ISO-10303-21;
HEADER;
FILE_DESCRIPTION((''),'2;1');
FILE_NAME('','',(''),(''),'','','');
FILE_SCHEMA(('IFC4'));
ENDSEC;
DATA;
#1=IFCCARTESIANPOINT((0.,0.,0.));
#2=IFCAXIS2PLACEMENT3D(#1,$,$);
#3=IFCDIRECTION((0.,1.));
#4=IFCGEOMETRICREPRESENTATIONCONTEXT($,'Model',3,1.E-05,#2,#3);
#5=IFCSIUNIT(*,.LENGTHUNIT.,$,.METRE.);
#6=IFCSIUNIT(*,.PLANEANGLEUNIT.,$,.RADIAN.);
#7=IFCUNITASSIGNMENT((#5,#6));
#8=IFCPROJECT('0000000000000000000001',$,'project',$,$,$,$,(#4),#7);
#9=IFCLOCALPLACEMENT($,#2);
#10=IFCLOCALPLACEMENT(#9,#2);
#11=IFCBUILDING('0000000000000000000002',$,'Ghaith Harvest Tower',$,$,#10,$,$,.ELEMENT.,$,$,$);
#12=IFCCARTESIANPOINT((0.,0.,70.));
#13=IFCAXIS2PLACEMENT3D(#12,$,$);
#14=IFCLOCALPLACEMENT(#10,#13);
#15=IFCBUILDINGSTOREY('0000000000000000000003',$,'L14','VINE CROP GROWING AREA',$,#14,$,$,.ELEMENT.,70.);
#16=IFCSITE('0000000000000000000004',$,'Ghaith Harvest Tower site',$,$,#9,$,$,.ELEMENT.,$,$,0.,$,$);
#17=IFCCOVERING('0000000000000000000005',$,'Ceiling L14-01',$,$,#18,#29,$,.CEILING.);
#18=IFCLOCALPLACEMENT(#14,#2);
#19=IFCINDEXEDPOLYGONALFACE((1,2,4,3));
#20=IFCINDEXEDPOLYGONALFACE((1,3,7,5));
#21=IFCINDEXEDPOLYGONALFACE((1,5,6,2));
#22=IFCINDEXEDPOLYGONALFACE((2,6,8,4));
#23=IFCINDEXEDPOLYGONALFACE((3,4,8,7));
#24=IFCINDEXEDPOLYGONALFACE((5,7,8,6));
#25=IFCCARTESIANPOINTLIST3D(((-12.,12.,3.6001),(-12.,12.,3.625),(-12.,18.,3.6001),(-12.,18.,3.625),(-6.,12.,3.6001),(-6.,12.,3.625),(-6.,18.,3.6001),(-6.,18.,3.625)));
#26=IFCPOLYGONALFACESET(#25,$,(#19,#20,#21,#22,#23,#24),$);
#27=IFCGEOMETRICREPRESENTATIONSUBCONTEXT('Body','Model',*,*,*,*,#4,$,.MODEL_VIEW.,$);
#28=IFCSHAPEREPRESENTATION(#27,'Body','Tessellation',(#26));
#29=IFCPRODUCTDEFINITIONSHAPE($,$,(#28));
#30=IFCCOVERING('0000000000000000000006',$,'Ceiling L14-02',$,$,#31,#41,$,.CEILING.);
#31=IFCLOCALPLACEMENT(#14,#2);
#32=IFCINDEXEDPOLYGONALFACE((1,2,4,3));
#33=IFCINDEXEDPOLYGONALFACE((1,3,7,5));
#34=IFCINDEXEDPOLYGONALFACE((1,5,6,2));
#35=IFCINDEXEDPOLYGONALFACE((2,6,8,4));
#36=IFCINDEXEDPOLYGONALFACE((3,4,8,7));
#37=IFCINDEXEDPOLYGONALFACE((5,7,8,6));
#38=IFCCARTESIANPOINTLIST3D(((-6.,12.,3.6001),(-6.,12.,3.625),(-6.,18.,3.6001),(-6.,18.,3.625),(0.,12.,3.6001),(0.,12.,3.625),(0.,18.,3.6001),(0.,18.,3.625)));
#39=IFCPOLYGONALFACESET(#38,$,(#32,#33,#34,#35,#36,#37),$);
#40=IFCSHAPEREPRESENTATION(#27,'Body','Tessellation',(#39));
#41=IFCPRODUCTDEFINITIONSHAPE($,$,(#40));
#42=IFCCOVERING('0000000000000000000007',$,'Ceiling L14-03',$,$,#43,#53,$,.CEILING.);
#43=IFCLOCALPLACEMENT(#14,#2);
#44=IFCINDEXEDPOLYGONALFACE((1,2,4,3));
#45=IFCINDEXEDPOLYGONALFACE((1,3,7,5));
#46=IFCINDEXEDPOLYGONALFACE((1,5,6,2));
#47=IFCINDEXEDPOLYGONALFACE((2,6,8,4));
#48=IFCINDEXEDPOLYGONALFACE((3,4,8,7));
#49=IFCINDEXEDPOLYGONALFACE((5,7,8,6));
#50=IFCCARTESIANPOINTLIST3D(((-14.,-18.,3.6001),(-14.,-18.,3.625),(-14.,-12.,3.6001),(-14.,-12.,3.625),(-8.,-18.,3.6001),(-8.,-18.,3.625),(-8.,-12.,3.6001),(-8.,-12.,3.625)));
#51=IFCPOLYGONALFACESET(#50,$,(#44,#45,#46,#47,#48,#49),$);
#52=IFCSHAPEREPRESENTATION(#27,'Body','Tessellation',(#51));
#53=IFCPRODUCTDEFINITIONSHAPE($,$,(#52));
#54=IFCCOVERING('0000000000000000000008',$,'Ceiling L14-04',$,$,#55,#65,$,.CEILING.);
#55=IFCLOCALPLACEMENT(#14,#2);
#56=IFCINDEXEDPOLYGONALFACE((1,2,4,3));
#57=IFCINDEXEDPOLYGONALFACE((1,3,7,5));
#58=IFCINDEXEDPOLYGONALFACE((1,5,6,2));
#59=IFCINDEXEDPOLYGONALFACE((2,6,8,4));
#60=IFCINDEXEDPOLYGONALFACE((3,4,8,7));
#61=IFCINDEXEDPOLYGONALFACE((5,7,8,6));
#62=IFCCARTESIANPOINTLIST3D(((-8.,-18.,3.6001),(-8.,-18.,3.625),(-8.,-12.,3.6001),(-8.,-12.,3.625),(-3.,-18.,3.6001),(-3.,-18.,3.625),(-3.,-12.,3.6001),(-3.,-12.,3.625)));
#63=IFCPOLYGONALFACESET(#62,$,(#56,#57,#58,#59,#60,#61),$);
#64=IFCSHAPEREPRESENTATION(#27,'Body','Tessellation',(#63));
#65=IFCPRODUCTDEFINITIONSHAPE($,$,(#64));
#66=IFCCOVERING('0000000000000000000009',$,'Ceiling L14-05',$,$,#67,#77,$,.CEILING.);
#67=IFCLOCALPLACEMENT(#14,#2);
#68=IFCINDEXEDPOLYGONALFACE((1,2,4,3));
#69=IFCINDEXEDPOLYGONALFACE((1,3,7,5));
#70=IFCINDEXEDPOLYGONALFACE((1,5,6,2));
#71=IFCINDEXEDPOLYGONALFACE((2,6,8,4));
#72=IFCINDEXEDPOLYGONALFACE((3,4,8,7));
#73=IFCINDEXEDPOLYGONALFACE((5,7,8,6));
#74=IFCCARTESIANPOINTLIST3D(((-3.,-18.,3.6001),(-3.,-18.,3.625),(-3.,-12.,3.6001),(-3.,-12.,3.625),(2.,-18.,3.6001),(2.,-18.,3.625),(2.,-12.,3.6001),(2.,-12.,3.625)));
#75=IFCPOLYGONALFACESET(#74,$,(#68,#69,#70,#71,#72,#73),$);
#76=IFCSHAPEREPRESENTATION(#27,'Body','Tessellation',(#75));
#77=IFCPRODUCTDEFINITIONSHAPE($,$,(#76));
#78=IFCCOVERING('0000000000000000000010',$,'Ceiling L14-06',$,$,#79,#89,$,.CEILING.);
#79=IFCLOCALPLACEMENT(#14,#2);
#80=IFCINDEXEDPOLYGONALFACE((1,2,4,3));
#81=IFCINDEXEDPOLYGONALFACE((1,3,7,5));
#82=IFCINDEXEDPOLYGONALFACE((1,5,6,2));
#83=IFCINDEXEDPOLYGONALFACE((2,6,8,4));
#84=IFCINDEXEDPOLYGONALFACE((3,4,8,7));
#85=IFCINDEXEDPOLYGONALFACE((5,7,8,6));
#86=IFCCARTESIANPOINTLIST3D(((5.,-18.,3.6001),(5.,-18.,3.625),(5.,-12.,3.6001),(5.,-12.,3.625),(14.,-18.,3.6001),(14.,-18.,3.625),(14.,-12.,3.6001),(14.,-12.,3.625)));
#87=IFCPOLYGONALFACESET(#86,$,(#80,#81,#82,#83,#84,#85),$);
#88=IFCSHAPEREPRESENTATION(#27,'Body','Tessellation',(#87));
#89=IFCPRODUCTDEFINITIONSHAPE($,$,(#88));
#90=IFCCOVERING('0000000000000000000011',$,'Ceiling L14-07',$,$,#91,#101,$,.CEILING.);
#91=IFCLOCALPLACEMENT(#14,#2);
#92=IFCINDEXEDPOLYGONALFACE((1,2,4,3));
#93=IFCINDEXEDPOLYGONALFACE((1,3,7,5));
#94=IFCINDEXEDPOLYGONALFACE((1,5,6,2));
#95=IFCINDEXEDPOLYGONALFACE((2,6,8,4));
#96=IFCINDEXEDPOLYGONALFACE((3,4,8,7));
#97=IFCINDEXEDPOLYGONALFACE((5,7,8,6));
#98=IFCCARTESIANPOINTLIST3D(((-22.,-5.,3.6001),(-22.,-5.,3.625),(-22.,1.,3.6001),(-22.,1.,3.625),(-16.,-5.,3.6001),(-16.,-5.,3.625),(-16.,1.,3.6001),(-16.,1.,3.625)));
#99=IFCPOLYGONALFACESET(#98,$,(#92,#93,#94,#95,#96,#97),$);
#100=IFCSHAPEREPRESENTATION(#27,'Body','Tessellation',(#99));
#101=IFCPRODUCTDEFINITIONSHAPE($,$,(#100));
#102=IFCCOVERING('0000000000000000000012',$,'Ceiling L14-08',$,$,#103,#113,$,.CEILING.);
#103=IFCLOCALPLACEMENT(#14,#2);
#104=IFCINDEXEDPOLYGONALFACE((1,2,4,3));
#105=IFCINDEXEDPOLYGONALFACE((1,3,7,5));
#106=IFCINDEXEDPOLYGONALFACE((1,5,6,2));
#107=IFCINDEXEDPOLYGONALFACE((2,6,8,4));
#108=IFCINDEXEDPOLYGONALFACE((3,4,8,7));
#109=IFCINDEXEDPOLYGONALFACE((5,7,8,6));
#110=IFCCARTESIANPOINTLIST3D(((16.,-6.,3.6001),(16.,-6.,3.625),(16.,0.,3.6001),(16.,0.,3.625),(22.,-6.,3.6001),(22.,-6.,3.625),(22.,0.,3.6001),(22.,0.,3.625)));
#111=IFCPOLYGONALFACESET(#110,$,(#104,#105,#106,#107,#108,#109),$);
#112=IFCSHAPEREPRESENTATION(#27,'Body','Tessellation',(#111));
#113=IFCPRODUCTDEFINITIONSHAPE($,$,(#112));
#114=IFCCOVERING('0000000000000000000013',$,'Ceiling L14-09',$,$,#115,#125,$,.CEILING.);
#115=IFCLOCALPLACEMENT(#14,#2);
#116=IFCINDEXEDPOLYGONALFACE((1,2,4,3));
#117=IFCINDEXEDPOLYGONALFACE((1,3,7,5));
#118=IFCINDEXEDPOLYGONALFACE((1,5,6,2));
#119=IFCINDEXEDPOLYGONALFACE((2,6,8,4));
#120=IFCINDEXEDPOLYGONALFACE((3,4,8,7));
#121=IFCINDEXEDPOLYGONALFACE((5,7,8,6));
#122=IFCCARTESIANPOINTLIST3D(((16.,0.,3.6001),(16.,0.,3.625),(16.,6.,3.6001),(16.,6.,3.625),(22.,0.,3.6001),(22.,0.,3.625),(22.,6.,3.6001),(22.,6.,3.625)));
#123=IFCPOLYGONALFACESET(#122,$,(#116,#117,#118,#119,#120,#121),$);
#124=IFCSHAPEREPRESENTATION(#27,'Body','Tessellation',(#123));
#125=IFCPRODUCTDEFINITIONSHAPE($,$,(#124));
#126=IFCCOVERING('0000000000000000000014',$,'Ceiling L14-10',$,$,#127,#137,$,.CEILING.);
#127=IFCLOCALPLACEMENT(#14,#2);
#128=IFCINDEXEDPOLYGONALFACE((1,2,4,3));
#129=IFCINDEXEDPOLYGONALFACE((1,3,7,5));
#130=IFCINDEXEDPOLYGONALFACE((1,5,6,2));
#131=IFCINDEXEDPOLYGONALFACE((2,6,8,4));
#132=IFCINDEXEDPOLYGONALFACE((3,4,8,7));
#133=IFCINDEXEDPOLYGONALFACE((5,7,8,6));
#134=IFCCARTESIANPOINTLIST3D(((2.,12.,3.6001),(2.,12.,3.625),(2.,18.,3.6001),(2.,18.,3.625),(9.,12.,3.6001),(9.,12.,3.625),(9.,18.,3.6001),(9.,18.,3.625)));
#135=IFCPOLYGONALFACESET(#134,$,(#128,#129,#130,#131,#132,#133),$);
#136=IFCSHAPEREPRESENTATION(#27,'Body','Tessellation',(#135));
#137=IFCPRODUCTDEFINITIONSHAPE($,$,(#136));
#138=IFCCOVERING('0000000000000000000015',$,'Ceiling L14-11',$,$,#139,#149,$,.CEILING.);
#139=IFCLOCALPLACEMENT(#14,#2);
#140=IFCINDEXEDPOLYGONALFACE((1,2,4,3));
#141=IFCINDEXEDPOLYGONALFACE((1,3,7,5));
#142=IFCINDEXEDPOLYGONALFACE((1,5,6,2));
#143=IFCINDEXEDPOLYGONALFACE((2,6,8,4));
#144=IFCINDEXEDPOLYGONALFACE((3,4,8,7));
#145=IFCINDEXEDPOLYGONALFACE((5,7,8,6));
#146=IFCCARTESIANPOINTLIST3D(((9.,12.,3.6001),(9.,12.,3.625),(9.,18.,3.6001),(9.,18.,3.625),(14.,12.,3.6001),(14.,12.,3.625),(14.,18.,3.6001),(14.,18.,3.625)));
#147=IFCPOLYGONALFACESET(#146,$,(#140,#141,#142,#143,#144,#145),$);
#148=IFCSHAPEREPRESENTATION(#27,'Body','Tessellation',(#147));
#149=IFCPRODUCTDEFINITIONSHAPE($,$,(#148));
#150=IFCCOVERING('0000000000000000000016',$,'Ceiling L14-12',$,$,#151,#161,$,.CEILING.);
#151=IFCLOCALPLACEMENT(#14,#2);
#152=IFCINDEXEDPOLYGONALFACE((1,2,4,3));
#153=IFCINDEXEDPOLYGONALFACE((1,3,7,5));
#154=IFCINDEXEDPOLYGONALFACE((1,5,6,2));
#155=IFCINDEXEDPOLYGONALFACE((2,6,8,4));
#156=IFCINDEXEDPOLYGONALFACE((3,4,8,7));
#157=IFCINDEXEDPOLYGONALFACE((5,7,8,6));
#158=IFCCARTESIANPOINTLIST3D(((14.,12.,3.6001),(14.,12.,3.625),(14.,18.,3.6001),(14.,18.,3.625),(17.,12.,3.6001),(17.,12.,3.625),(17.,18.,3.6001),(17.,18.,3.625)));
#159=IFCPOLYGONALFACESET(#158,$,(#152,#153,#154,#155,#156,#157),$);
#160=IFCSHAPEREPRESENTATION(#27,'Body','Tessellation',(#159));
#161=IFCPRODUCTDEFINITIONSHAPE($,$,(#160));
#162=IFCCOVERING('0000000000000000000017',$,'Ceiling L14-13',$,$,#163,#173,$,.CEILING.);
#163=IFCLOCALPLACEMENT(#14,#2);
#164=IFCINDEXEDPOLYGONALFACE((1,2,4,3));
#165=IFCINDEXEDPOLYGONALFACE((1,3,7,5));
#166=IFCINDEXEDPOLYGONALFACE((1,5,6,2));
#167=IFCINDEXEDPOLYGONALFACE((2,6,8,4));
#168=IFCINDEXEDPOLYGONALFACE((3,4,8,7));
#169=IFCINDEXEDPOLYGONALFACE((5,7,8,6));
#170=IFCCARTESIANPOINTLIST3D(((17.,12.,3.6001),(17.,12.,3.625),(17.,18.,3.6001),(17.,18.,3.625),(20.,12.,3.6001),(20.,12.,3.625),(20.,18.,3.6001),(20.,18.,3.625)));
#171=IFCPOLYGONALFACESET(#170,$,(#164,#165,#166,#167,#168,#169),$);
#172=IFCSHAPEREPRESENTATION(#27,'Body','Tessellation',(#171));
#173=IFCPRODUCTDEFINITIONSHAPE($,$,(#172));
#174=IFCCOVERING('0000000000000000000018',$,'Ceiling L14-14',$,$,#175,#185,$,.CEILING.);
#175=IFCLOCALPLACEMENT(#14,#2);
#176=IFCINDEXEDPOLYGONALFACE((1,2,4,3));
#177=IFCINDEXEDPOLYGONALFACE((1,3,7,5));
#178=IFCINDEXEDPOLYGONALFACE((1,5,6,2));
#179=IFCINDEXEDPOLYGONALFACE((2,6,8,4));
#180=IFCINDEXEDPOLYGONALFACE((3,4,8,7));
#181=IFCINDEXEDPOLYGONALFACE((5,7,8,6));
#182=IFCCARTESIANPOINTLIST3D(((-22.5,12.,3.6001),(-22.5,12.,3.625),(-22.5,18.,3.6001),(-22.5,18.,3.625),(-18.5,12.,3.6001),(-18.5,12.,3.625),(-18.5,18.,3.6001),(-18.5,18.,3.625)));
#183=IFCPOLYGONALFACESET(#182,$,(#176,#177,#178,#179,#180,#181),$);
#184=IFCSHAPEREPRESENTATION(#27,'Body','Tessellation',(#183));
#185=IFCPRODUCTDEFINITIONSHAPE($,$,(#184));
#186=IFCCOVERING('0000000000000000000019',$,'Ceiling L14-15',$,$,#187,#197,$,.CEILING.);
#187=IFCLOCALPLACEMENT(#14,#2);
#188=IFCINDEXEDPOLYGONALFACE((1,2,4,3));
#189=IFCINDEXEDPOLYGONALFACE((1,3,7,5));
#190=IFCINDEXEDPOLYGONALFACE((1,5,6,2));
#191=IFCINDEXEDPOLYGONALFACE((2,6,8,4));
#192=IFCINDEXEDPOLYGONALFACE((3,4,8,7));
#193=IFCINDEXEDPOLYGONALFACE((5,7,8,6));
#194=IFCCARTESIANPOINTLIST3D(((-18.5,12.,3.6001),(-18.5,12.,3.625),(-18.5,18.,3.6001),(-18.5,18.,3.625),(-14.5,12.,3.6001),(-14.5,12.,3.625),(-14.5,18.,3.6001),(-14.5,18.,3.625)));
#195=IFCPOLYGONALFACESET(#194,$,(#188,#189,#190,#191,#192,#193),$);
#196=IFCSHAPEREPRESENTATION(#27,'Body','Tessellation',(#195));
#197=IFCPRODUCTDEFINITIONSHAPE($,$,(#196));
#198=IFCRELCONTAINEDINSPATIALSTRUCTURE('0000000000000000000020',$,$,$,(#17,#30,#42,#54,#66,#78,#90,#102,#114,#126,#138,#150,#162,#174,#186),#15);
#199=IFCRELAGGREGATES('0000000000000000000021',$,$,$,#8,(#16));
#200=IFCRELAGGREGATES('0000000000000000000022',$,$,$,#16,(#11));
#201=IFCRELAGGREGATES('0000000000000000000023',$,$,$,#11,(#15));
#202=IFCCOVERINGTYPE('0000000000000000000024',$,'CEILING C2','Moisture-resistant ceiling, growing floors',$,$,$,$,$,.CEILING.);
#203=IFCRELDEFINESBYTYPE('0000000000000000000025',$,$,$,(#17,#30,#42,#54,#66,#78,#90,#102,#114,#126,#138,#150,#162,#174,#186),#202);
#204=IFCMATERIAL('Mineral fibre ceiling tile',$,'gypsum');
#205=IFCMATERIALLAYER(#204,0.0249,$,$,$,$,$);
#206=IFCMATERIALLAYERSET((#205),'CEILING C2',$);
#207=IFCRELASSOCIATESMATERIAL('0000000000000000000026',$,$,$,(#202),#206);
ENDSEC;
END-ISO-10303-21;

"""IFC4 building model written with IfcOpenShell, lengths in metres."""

from ifc_helpers import new_model, si_unit, direction, frame, origin, place, context, subcontext, project, spatial, polyline, outline, extrude, material, layer, layer_set, type_object, element, save


model = new_model("IFC4")

# Units and contexts
model_context = context("Model", 3, precision=1e-05, world=origin(), true_north=direction((0.0, 1.0)))
body_context = subcontext(model_context, "Body", "Model", "MODEL_VIEW")
ifc_project = project(units=[si_unit("LENGTHUNIT", "METRE"), si_unit("PLANEANGLEUNIT", "RADIAN")], contexts=[model_context])

# Site, building, storey
site_placement = place(None, origin())
site = spatial("IfcSite", under=ifc_project, at=site_placement, Name="Ghaith Harvest Tower site", CompositionType="ELEMENT", RefElevation=0.0)
building_placement = place(site_placement, origin())
building = spatial("IfcBuilding", under=site, at=building_placement, Name="Ghaith Harvest Tower", CompositionType="ELEMENT")
storey_placement = place(building_placement, frame((0.0, 0.0, 70.0)))
storey = spatial("IfcBuildingStorey", under=building, at=storey_placement, Name="L14", Description="VINE CROP GROWING AREA", CompositionType="ELEMENT", Elevation=70.0)

# Coverings
ifc_material_1 = material(Name="Mineral fibre ceiling tile", Category="gypsum")
ifc_layer_1 = layer(ifc_material_1, 0.0249)
ifc_layer_set_1 = layer_set([ifc_layer_1], Name="CEILING C2")
covering_type = type_object("IfcCoveringType", Name="CEILING C2", Description="Moisture-resistant ceiling, growing floors", PredefinedType="CEILING", material=ifc_layer_set_1)
covering_1_placement = place(storey_placement, frame((0.0, 0.0, 3.6001)))
element("IfcCovering", 1, at=covering_1_placement, inside=storey, type_object=covering_type, Name="Ceiling L14-01", PredefinedType="CEILING", context=body_context, shape_type="SweptSolid", body=[
    extrude(outline(polyline([(-12.0, 12.0), (-6.0, 12.0), (-6.0, 18.0), (-12.0, 18.0), (-12.0, 12.0)])), origin(), (0.0, 0.0, 1.0), 0.0249),
])
covering_2_placement = place(storey_placement, frame((0.0, 0.0, 3.6001)))
element("IfcCovering", 2, at=covering_2_placement, inside=storey, type_object=covering_type, Name="Ceiling L14-02", PredefinedType="CEILING", context=body_context, shape_type="SweptSolid", body=[
    extrude(outline(polyline([(-6.0, 12.0), (0.0, 12.0), (0.0, 18.0), (-6.0, 18.0), (-6.0, 12.0)])), origin(), (0.0, 0.0, 1.0), 0.0249),
])
covering_3_placement = place(storey_placement, frame((0.0, 0.0, 3.6001)))
element("IfcCovering", 3, at=covering_3_placement, inside=storey, type_object=covering_type, Name="Ceiling L14-03", PredefinedType="CEILING", context=body_context, shape_type="SweptSolid", body=[
    extrude(outline(polyline([(-14.0, -18.0), (-8.0, -18.0), (-8.0, -12.0), (-14.0, -12.0), (-14.0, -18.0)])), origin(), (0.0, 0.0, 1.0), 0.0249),
])
covering_4_placement = place(storey_placement, frame((0.0, 0.0, 3.6001)))
element("IfcCovering", 4, at=covering_4_placement, inside=storey, type_object=covering_type, Name="Ceiling L14-04", PredefinedType="CEILING", context=body_context, shape_type="SweptSolid", body=[
    extrude(outline(polyline([(-8.0, -18.0), (-3.0, -18.0), (-3.0, -12.0), (-8.0, -12.0), (-8.0, -18.0)])), origin(), (0.0, 0.0, 1.0), 0.0249),
])
covering_5_placement = place(storey_placement, frame((0.0, 0.0, 3.6001)))
element("IfcCovering", 5, at=covering_5_placement, inside=storey, type_object=covering_type, Name="Ceiling L14-05", PredefinedType="CEILING", context=body_context, shape_type="SweptSolid", body=[
    extrude(outline(polyline([(-3.0, -18.0), (2.0, -18.0), (2.0, -12.0), (-3.0, -12.0), (-3.0, -18.0)])), origin(), (0.0, 0.0, 1.0), 0.0249),
])
covering_6_placement = place(storey_placement, frame((0.0, 0.0, 3.6001)))
element("IfcCovering", 6, at=covering_6_placement, inside=storey, type_object=covering_type, Name="Ceiling L14-06", PredefinedType="CEILING", context=body_context, shape_type="SweptSolid", body=[
    extrude(outline(polyline([(5.0, -18.0), (14.0, -18.0), (14.0, -12.0), (5.0, -12.0), (5.0, -18.0)])), origin(), (0.0, 0.0, 1.0), 0.0249),
])
covering_7_placement = place(storey_placement, frame((0.0, 0.0, 3.6001)))
element("IfcCovering", 7, at=covering_7_placement, inside=storey, type_object=covering_type, Name="Ceiling L14-07", PredefinedType="CEILING", context=body_context, shape_type="SweptSolid", body=[
    extrude(outline(polyline([(-22.0, -5.0), (-16.0, -5.0), (-16.0, 1.0), (-22.0, 1.0), (-22.0, -5.0)])), origin(), (0.0, 0.0, 1.0), 0.0249),
])
covering_8_placement = place(storey_placement, frame((0.0, 0.0, 3.6001)))
element("IfcCovering", 8, at=covering_8_placement, inside=storey, type_object=covering_type, Name="Ceiling L14-08", PredefinedType="CEILING", context=body_context, shape_type="SweptSolid", body=[
    extrude(outline(polyline([(16.0, -6.0), (22.0, -6.0), (22.0, 0.0), (16.0, 0.0), (16.0, -6.0)])), origin(), (0.0, 0.0, 1.0), 0.0249),
])
covering_9_placement = place(storey_placement, frame((0.0, 0.0, 3.6001)))
element("IfcCovering", 9, at=covering_9_placement, inside=storey, type_object=covering_type, Name="Ceiling L14-09", PredefinedType="CEILING", context=body_context, shape_type="SweptSolid", body=[
    extrude(outline(polyline([(16.0, 0.0), (22.0, 0.0), (22.0, 6.0), (16.0, 6.0), (16.0, 0.0)])), origin(), (0.0, 0.0, 1.0), 0.0249),
])
covering_10_placement = place(storey_placement, frame((0.0, 0.0, 3.6001)))
element("IfcCovering", 10, at=covering_10_placement, inside=storey, type_object=covering_type, Name="Ceiling L14-10", PredefinedType="CEILING", context=body_context, shape_type="SweptSolid", body=[
    extrude(outline(polyline([(2.0, 12.0), (9.0, 12.0), (9.0, 18.0), (2.0, 18.0), (2.0, 12.0)])), origin(), (0.0, 0.0, 1.0), 0.0249),
])
covering_11_placement = place(storey_placement, frame((0.0, 0.0, 3.6001)))
element("IfcCovering", 11, at=covering_11_placement, inside=storey, type_object=covering_type, Name="Ceiling L14-11", PredefinedType="CEILING", context=body_context, shape_type="SweptSolid", body=[
    extrude(outline(polyline([(9.0, 12.0), (14.0, 12.0), (14.0, 18.0), (9.0, 18.0), (9.0, 12.0)])), origin(), (0.0, 0.0, 1.0), 0.0249),
])
covering_12_placement = place(storey_placement, frame((0.0, 0.0, 3.6001)))
element("IfcCovering", 12, at=covering_12_placement, inside=storey, type_object=covering_type, Name="Ceiling L14-12", PredefinedType="CEILING", context=body_context, shape_type="SweptSolid", body=[
    extrude(outline(polyline([(14.0, 12.0), (17.0, 12.0), (17.0, 18.0), (14.0, 18.0), (14.0, 12.0)])), origin(), (0.0, 0.0, 1.0), 0.0249),
])
covering_13_placement = place(storey_placement, frame((0.0, 0.0, 3.6001)))
element("IfcCovering", 13, at=covering_13_placement, inside=storey, type_object=covering_type, Name="Ceiling L14-13", PredefinedType="CEILING", context=body_context, shape_type="SweptSolid", body=[
    extrude(outline(polyline([(17.0, 12.0), (20.0, 12.0), (20.0, 18.0), (17.0, 18.0), (17.0, 12.0)])), origin(), (0.0, 0.0, 1.0), 0.0249),
])
covering_14_placement = place(storey_placement, frame((0.0, 0.0, 3.6001)))
element("IfcCovering", 14, at=covering_14_placement, inside=storey, type_object=covering_type, Name="Ceiling L14-14", PredefinedType="CEILING", context=body_context, shape_type="SweptSolid", body=[
    extrude(outline(polyline([(-22.5, 12.0), (-18.5, 12.0), (-18.5, 18.0), (-22.5, 18.0), (-22.5, 12.0)])), origin(), (0.0, 0.0, 1.0), 0.0249),
])
covering_15_placement = place(storey_placement, frame((0.0, 0.0, 3.6001)))
element("IfcCovering", 15, at=covering_15_placement, inside=storey, type_object=covering_type, Name="Ceiling L14-15", PredefinedType="CEILING", context=body_context, shape_type="SweptSolid", body=[
    extrude(outline(polyline([(-18.5, 12.0), (-14.5, 12.0), (-14.5, 18.0), (-18.5, 18.0), (-18.5, 12.0)])), origin(), (0.0, 0.0, 1.0), 0.0249),
])

save(model, "model.ifc")
